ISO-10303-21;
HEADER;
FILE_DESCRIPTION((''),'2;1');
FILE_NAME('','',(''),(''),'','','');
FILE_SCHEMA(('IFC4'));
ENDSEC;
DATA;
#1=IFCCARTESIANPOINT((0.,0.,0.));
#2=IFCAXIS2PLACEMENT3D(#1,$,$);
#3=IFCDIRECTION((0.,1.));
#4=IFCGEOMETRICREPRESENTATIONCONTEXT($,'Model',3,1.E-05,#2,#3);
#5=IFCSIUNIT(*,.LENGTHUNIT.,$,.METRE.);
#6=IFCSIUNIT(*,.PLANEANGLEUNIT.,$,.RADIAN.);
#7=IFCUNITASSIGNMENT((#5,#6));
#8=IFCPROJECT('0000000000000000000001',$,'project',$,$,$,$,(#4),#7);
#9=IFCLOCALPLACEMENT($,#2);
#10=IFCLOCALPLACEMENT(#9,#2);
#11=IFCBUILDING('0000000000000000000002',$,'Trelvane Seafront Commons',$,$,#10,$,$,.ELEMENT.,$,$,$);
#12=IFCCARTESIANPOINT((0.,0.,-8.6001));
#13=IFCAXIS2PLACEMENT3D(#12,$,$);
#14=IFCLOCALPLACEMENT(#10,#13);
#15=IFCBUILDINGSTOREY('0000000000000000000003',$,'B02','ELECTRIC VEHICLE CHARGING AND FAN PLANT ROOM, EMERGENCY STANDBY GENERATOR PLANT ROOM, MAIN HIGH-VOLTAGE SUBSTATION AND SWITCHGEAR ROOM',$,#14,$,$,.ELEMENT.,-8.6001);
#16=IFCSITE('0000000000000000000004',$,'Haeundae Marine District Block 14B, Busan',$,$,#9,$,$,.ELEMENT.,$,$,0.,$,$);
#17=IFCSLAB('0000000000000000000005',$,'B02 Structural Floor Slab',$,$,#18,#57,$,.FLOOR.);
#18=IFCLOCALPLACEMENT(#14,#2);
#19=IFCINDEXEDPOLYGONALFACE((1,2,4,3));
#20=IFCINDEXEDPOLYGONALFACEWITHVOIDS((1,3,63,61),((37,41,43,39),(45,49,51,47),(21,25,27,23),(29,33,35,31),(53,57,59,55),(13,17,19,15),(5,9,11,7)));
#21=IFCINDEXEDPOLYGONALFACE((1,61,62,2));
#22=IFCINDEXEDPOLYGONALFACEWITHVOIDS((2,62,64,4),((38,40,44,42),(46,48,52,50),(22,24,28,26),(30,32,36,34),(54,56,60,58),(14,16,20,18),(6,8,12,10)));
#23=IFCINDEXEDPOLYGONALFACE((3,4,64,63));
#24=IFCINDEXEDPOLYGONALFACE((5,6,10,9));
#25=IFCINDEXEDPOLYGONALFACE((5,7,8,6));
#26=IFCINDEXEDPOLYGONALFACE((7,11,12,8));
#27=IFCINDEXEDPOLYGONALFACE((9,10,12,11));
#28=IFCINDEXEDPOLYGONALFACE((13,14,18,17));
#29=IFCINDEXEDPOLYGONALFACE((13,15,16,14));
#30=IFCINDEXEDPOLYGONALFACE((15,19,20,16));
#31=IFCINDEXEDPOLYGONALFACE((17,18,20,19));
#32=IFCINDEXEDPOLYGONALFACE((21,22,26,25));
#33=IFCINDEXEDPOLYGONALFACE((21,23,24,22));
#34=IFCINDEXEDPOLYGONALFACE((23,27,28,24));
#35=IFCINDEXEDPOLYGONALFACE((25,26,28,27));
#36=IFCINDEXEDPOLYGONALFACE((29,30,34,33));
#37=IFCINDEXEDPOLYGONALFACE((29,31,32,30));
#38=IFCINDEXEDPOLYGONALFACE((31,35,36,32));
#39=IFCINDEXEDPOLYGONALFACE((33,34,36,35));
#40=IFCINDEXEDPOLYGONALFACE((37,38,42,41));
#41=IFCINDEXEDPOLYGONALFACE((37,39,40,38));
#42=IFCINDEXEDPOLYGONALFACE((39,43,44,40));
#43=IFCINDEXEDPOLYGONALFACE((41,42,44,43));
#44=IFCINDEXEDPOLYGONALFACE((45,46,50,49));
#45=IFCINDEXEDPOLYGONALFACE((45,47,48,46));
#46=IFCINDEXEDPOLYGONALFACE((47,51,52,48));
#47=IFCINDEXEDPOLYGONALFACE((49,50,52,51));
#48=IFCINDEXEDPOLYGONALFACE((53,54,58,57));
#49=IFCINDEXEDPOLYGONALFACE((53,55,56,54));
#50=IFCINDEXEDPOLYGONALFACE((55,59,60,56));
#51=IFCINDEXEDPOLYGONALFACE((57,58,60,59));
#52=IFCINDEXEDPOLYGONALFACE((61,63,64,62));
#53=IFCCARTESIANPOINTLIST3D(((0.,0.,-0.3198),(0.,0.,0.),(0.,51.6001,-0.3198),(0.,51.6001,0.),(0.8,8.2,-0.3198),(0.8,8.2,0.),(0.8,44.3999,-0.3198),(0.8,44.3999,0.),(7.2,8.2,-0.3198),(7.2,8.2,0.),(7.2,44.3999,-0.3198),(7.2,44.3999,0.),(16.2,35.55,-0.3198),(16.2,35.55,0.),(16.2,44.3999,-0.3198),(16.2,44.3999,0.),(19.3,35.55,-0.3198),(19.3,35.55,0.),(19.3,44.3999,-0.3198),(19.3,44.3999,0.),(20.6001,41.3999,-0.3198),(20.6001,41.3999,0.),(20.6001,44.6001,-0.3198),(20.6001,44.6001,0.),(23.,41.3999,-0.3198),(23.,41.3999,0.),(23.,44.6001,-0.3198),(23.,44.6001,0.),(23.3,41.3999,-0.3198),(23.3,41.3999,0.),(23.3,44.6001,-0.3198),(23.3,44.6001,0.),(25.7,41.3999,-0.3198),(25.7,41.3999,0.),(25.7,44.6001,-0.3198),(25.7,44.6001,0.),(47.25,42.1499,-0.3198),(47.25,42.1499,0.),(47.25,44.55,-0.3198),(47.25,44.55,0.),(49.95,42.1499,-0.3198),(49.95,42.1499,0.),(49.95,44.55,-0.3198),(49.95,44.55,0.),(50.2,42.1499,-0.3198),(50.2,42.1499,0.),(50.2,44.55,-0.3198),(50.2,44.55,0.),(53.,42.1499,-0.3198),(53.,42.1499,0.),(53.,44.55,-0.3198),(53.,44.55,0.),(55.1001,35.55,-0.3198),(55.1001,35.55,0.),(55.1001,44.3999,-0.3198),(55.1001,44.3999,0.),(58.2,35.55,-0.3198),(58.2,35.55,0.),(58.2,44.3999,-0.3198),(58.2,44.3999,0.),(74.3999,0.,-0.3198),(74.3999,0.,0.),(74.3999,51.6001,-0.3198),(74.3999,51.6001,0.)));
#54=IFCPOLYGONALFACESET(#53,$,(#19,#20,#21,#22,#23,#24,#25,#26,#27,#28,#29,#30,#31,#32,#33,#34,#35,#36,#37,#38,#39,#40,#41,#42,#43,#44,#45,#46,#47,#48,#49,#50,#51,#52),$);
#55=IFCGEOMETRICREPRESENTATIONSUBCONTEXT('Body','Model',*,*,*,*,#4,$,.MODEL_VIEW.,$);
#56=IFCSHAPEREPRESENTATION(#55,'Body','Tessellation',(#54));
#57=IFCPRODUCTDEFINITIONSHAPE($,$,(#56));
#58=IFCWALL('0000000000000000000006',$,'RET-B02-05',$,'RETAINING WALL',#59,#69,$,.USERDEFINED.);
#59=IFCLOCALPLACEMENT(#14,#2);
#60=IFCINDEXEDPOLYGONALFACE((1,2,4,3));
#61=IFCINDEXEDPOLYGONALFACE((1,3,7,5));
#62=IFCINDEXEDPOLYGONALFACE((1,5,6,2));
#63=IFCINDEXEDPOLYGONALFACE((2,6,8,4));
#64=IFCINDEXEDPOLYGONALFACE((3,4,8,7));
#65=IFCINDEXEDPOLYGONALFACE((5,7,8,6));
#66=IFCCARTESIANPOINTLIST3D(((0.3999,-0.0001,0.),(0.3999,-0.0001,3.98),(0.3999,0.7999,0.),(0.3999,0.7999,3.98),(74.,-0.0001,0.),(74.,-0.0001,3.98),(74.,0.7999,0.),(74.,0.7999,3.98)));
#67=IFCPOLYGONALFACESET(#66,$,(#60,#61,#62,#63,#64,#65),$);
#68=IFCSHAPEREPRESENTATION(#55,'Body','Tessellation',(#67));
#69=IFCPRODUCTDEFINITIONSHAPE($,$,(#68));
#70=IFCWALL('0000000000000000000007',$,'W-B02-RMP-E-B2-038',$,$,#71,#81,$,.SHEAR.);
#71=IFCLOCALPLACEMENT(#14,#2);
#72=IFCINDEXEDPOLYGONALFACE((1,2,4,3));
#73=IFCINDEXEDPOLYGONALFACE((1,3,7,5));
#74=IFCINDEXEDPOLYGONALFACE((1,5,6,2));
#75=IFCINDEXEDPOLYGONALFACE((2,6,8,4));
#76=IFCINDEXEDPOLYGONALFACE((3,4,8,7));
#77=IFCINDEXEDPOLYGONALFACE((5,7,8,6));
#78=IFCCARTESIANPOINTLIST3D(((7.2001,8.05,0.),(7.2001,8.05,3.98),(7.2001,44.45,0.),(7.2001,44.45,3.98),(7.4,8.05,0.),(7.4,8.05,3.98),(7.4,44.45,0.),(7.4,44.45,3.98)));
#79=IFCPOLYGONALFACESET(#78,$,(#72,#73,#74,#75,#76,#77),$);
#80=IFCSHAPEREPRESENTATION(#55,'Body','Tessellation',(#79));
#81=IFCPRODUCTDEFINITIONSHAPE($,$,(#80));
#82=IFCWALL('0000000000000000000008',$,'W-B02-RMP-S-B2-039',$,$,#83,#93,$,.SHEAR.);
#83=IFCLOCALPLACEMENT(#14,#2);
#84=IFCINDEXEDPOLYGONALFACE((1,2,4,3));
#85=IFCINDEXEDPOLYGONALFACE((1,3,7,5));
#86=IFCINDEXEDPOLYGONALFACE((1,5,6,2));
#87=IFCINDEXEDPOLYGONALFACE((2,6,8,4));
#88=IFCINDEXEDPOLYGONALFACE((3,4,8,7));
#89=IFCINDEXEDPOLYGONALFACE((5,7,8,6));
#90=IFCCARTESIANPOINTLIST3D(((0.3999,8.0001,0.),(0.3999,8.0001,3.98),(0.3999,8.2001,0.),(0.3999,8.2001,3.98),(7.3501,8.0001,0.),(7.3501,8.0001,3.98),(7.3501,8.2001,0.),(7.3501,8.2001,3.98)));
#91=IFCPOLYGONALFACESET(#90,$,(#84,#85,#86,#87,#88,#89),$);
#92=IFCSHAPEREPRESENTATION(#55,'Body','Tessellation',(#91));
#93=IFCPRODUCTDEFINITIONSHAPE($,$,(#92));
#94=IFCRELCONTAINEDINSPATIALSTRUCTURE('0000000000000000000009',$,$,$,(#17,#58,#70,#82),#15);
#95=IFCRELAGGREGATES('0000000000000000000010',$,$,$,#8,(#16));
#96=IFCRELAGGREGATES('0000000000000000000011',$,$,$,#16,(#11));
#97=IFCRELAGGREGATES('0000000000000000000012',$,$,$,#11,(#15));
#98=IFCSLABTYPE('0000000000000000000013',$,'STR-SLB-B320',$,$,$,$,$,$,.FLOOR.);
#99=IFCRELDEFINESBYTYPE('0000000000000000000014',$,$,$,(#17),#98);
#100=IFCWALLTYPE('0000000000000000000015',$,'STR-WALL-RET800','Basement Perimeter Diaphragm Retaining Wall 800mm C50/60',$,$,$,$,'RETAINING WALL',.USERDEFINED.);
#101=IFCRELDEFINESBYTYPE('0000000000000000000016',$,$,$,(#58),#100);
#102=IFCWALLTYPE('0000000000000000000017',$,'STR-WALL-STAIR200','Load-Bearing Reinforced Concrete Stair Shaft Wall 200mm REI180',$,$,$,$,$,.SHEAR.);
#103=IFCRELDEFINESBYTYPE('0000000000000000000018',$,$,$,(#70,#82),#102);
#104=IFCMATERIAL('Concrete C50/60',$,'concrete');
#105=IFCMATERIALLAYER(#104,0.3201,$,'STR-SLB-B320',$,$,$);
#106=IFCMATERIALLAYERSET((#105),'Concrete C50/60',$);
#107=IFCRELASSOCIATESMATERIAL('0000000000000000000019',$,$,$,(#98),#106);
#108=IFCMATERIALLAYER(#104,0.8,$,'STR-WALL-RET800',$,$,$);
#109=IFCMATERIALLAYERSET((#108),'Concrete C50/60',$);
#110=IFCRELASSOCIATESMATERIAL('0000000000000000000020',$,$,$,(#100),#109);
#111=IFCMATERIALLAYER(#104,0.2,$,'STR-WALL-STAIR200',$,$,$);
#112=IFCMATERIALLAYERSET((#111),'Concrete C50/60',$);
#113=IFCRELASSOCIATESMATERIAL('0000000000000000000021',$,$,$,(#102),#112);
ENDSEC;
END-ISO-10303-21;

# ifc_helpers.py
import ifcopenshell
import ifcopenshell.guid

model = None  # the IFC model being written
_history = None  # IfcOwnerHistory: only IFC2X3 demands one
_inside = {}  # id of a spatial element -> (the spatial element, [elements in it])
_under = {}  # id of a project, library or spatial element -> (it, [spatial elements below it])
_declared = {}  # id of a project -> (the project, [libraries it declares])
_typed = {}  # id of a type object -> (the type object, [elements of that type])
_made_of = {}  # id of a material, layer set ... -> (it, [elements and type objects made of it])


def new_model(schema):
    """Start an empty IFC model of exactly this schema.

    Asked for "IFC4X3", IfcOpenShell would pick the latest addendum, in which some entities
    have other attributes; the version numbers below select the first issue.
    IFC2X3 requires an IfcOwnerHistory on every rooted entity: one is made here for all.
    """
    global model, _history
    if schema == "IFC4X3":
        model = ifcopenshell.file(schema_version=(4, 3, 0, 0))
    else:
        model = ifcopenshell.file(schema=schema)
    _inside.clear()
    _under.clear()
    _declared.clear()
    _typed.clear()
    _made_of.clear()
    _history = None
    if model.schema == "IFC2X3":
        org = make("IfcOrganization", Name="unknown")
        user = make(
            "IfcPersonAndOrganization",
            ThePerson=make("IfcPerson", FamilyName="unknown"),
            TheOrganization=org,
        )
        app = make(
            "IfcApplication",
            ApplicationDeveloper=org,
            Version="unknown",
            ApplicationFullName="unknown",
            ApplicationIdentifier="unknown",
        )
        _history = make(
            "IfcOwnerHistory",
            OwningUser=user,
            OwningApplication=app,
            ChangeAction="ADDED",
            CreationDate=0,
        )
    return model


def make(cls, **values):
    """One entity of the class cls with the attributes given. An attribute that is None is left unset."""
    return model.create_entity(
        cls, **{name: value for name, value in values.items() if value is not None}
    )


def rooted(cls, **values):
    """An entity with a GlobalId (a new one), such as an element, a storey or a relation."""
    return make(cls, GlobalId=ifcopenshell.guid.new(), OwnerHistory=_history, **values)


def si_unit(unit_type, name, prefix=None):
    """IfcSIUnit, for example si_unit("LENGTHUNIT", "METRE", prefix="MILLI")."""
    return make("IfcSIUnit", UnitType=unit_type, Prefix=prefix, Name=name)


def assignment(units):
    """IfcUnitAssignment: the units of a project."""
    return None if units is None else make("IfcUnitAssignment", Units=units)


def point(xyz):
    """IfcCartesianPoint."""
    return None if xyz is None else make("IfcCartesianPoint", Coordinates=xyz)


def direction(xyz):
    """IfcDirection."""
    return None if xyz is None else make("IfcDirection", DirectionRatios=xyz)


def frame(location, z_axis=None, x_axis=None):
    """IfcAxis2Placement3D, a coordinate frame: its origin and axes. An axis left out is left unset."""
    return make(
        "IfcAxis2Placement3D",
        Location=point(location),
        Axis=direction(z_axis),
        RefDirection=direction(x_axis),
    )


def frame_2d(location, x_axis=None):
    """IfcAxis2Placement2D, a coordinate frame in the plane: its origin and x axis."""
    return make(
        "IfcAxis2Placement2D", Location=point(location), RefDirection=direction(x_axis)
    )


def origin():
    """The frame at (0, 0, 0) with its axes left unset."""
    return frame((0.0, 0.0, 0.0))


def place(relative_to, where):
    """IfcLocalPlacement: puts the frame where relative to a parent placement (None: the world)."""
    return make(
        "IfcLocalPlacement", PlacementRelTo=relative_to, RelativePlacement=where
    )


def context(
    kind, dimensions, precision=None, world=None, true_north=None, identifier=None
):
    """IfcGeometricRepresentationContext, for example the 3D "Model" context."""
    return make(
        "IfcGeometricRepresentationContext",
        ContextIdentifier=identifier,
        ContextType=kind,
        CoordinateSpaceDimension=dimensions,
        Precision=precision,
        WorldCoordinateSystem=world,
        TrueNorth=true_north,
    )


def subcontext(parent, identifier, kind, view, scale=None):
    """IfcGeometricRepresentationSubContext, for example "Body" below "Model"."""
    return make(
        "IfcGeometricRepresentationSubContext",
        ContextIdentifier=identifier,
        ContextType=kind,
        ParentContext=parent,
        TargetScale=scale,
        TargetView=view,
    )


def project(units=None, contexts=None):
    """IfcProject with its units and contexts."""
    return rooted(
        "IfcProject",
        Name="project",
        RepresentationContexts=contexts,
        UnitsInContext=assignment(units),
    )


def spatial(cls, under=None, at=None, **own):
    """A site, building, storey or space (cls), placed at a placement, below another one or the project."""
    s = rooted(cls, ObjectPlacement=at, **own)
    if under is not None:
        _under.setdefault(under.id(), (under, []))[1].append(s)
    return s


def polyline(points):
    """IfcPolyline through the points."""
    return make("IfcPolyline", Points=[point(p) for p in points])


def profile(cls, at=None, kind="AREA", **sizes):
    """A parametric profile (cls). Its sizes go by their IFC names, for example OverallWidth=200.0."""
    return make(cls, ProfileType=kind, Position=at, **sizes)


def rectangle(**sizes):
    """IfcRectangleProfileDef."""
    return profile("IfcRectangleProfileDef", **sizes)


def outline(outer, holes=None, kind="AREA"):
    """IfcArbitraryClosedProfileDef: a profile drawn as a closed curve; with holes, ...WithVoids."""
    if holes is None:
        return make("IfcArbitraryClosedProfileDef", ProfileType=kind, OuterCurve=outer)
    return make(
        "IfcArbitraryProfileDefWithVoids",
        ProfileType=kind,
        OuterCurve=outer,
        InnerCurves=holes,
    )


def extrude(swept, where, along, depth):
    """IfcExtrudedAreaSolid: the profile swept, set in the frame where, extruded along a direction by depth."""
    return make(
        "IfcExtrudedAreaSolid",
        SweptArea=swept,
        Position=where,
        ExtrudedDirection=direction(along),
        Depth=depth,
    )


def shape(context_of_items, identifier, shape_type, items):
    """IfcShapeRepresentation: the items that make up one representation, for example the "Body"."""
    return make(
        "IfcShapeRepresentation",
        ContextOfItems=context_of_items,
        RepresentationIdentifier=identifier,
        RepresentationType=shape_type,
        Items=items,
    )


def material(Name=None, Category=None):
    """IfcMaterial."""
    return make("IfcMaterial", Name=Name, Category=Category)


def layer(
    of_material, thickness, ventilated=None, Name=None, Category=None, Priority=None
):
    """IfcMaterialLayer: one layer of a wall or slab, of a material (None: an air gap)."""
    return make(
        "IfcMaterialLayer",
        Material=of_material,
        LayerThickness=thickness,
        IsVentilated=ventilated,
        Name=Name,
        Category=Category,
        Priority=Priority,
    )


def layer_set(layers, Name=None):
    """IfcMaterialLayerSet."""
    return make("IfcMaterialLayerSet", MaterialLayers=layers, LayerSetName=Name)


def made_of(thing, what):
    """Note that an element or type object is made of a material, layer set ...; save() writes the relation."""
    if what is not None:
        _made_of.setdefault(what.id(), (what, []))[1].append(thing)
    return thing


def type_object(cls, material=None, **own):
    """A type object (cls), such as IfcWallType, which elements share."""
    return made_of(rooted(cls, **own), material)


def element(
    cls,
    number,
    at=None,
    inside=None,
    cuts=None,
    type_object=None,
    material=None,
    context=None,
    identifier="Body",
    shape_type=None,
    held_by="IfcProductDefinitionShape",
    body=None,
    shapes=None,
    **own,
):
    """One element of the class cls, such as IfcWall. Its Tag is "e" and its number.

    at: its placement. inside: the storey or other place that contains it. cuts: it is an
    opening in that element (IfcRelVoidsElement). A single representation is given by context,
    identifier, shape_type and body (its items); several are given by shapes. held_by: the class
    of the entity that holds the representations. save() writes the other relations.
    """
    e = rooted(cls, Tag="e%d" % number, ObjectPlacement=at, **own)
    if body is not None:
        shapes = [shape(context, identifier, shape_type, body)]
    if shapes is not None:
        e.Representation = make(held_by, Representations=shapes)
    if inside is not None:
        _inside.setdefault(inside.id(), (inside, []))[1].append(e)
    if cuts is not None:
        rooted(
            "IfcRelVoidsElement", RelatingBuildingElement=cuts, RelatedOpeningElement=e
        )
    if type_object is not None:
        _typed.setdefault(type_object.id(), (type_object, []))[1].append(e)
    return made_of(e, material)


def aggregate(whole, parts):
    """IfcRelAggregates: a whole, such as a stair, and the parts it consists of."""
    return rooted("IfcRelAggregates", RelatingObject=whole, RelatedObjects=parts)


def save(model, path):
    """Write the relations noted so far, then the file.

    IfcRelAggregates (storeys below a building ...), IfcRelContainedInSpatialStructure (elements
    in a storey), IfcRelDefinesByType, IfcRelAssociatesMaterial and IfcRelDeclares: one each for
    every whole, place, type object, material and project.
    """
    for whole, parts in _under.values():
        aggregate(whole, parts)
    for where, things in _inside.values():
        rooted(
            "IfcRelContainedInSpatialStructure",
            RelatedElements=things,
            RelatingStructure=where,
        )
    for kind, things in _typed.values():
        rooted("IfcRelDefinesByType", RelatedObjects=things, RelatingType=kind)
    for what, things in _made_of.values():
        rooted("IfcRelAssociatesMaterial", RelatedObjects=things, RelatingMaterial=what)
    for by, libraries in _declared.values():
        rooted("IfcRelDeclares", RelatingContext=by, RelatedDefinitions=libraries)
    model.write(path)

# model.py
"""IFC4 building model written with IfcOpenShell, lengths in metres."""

from ifc_helpers import new_model, si_unit, direction, frame, frame_2d, origin, place, context, subcontext, project, spatial, polyline, rectangle, outline, extrude, material, layer, layer_set, type_object, element, save


model = new_model("IFC4")

# Units and contexts
model_context = context("Model", 3, precision=1e-05, world=origin(), true_north=direction((0.0, 1.0)))
body_context = subcontext(model_context, "Body", "Model", "MODEL_VIEW")
ifc_project = project(units=[si_unit("LENGTHUNIT", "METRE"), si_unit("PLANEANGLEUNIT", "RADIAN")], contexts=[model_context])

# Site, building, storey
site_placement = place(None, origin())
site = spatial("IfcSite", under=ifc_project, at=site_placement, Name="Haeundae Marine District Block 14B, Busan", CompositionType="ELEMENT", RefElevation=0.0)
building_placement = place(site_placement, origin())
building = spatial("IfcBuilding", under=site, at=building_placement, Name="Trelvane Seafront Commons", CompositionType="ELEMENT")
storey_placement = place(building_placement, frame((0.0, 0.0, -8.6001)))
storey = spatial("IfcBuildingStorey", under=building, at=storey_placement, Name="B02", Description="ELECTRIC VEHICLE CHARGING AND FAN PLANT ROOM, EMERGENCY STANDBY GENERATOR PLANT ROOM, MAIN HIGH-VOLTAGE SUBSTATION AND SWITCHGEAR ROOM", CompositionType="ELEMENT", Elevation=-8.6001)

# Shared definitions
ifc_material_1 = material(Name="Concrete C50/60", Category="concrete")

# Slab
ifc_layer_1 = layer(ifc_material_1, 0.3201, Name="STR-SLB-B320")
ifc_layer_set_1 = layer_set([ifc_layer_1], Name="Concrete C50/60")
slab_type_1 = type_object("IfcSlabType", Name="STR-SLB-B320", PredefinedType="FLOOR", material=ifc_layer_set_1)
slab_1_placement = place(storey_placement, frame((0.0, 0.0, -0.3198)))
element("IfcSlab", 1, at=slab_1_placement, inside=storey, type_object=slab_type_1, Name="B02 Structural Floor Slab", PredefinedType="FLOOR", context=body_context, shape_type="SweptSolid", body=[
    extrude(outline(polyline([(0.0, 0.0), (74.3999, 0.0), (74.3999, 51.6001), (0.0, 51.6001), (0.0, 0.0)]), holes=[polyline([(7.2, 44.3999), (7.2, 8.2), (0.8, 8.2), (0.8, 44.3999), (7.2, 44.3999)]), polyline([(19.3, 35.55), (16.2, 35.55), (16.2, 44.3999), (19.3, 44.3999), (19.3, 35.55)]), polyline([(58.2, 35.55), (55.1001, 35.55), (55.1001, 44.3999), (58.2, 44.3999), (58.2, 35.55)]), polyline([(23.0, 41.3999), (20.6001, 41.3999), (20.6001, 44.6001), (23.0, 44.6001), (23.0, 41.3999)]), polyline([(25.7, 41.3999), (23.3, 41.3999), (23.3, 44.6001), (25.7, 44.6001), (25.7, 41.3999)]), polyline([(49.95, 42.1499), (47.25, 42.1499), (47.25, 44.55), (49.95, 44.55), (49.95, 42.1499)]), polyline([(53.0, 42.1499), (50.2, 42.1499), (50.2, 44.55), (53.0, 44.55), (53.0, 42.1499)])]), origin(), (0.0, 0.0, 1.0), 0.3198),
])

# Walls
ifc_layer_2 = layer(ifc_material_1, 0.8, Name="STR-WALL-RET800")
ifc_layer_set_2 = layer_set([ifc_layer_2], Name="Concrete C50/60")
wall_type_1 = type_object("IfcWallType", Name="STR-WALL-RET800", Description="Basement Perimeter Diaphragm Retaining Wall 800mm C50/60", ElementType="RETAINING WALL", PredefinedType="USERDEFINED", material=ifc_layer_set_2)
wall_1_placement = place(storey_placement, frame((0.3999, 0.3999, 0.0), z_axis=(0.0, 0.0, 1.0), x_axis=(1.0, 0.0, 0.0)))
element("IfcWall", 2, at=wall_1_placement, inside=storey, type_object=wall_type_1, Name="RET-B02-05", ObjectType="RETAINING WALL", PredefinedType="USERDEFINED", context=body_context, shape_type="SweptSolid", body=[
    extrude(rectangle(XDim=73.6001, YDim=0.8, at=frame_2d((36.8, 0.0))), origin(), (0.0, 0.0, 1.0), 3.98),
])
ifc_layer_3 = layer(ifc_material_1, 0.2, Name="STR-WALL-STAIR200")
ifc_layer_set_3 = layer_set([ifc_layer_3], Name="Concrete C50/60")
wall_type_2 = type_object("IfcWallType", Name="STR-WALL-STAIR200", Description="Load-Bearing Reinforced Concrete Stair Shaft Wall 200mm REI180", PredefinedType="SHEAR", material=ifc_layer_set_3)
wall_2_placement = place(storey_placement, frame((7.3, 8.05, 0.0), z_axis=(0.0, 0.0, 1.0), x_axis=(0.0, 1.0, 0.0)))
element("IfcWall", 3, at=wall_2_placement, inside=storey, type_object=wall_type_2, Name="W-B02-RMP-E-B2-038", PredefinedType="SHEAR", context=body_context, shape_type="SweptSolid", body=[
    extrude(rectangle(XDim=36.3999, YDim=0.2, at=frame_2d((18.2, 0.0))), origin(), (0.0, 0.0, 1.0), 3.98),
])
wall_3_placement = place(storey_placement, frame((0.3999, 8.1001, 0.0), z_axis=(0.0, 0.0, 1.0), x_axis=(1.0, 0.0, 0.0)))
element("IfcWall", 4, at=wall_3_placement, inside=storey, type_object=wall_type_2, Name="W-B02-RMP-S-B2-039", PredefinedType="SHEAR", context=body_context, shape_type="SweptSolid", body=[
    extrude(rectangle(XDim=6.9502, YDim=0.2, at=frame_2d((3.4751, 0.0))), origin(), (0.0, 0.0, 1.0), 3.98),
])

save(model, "model.ifc")
